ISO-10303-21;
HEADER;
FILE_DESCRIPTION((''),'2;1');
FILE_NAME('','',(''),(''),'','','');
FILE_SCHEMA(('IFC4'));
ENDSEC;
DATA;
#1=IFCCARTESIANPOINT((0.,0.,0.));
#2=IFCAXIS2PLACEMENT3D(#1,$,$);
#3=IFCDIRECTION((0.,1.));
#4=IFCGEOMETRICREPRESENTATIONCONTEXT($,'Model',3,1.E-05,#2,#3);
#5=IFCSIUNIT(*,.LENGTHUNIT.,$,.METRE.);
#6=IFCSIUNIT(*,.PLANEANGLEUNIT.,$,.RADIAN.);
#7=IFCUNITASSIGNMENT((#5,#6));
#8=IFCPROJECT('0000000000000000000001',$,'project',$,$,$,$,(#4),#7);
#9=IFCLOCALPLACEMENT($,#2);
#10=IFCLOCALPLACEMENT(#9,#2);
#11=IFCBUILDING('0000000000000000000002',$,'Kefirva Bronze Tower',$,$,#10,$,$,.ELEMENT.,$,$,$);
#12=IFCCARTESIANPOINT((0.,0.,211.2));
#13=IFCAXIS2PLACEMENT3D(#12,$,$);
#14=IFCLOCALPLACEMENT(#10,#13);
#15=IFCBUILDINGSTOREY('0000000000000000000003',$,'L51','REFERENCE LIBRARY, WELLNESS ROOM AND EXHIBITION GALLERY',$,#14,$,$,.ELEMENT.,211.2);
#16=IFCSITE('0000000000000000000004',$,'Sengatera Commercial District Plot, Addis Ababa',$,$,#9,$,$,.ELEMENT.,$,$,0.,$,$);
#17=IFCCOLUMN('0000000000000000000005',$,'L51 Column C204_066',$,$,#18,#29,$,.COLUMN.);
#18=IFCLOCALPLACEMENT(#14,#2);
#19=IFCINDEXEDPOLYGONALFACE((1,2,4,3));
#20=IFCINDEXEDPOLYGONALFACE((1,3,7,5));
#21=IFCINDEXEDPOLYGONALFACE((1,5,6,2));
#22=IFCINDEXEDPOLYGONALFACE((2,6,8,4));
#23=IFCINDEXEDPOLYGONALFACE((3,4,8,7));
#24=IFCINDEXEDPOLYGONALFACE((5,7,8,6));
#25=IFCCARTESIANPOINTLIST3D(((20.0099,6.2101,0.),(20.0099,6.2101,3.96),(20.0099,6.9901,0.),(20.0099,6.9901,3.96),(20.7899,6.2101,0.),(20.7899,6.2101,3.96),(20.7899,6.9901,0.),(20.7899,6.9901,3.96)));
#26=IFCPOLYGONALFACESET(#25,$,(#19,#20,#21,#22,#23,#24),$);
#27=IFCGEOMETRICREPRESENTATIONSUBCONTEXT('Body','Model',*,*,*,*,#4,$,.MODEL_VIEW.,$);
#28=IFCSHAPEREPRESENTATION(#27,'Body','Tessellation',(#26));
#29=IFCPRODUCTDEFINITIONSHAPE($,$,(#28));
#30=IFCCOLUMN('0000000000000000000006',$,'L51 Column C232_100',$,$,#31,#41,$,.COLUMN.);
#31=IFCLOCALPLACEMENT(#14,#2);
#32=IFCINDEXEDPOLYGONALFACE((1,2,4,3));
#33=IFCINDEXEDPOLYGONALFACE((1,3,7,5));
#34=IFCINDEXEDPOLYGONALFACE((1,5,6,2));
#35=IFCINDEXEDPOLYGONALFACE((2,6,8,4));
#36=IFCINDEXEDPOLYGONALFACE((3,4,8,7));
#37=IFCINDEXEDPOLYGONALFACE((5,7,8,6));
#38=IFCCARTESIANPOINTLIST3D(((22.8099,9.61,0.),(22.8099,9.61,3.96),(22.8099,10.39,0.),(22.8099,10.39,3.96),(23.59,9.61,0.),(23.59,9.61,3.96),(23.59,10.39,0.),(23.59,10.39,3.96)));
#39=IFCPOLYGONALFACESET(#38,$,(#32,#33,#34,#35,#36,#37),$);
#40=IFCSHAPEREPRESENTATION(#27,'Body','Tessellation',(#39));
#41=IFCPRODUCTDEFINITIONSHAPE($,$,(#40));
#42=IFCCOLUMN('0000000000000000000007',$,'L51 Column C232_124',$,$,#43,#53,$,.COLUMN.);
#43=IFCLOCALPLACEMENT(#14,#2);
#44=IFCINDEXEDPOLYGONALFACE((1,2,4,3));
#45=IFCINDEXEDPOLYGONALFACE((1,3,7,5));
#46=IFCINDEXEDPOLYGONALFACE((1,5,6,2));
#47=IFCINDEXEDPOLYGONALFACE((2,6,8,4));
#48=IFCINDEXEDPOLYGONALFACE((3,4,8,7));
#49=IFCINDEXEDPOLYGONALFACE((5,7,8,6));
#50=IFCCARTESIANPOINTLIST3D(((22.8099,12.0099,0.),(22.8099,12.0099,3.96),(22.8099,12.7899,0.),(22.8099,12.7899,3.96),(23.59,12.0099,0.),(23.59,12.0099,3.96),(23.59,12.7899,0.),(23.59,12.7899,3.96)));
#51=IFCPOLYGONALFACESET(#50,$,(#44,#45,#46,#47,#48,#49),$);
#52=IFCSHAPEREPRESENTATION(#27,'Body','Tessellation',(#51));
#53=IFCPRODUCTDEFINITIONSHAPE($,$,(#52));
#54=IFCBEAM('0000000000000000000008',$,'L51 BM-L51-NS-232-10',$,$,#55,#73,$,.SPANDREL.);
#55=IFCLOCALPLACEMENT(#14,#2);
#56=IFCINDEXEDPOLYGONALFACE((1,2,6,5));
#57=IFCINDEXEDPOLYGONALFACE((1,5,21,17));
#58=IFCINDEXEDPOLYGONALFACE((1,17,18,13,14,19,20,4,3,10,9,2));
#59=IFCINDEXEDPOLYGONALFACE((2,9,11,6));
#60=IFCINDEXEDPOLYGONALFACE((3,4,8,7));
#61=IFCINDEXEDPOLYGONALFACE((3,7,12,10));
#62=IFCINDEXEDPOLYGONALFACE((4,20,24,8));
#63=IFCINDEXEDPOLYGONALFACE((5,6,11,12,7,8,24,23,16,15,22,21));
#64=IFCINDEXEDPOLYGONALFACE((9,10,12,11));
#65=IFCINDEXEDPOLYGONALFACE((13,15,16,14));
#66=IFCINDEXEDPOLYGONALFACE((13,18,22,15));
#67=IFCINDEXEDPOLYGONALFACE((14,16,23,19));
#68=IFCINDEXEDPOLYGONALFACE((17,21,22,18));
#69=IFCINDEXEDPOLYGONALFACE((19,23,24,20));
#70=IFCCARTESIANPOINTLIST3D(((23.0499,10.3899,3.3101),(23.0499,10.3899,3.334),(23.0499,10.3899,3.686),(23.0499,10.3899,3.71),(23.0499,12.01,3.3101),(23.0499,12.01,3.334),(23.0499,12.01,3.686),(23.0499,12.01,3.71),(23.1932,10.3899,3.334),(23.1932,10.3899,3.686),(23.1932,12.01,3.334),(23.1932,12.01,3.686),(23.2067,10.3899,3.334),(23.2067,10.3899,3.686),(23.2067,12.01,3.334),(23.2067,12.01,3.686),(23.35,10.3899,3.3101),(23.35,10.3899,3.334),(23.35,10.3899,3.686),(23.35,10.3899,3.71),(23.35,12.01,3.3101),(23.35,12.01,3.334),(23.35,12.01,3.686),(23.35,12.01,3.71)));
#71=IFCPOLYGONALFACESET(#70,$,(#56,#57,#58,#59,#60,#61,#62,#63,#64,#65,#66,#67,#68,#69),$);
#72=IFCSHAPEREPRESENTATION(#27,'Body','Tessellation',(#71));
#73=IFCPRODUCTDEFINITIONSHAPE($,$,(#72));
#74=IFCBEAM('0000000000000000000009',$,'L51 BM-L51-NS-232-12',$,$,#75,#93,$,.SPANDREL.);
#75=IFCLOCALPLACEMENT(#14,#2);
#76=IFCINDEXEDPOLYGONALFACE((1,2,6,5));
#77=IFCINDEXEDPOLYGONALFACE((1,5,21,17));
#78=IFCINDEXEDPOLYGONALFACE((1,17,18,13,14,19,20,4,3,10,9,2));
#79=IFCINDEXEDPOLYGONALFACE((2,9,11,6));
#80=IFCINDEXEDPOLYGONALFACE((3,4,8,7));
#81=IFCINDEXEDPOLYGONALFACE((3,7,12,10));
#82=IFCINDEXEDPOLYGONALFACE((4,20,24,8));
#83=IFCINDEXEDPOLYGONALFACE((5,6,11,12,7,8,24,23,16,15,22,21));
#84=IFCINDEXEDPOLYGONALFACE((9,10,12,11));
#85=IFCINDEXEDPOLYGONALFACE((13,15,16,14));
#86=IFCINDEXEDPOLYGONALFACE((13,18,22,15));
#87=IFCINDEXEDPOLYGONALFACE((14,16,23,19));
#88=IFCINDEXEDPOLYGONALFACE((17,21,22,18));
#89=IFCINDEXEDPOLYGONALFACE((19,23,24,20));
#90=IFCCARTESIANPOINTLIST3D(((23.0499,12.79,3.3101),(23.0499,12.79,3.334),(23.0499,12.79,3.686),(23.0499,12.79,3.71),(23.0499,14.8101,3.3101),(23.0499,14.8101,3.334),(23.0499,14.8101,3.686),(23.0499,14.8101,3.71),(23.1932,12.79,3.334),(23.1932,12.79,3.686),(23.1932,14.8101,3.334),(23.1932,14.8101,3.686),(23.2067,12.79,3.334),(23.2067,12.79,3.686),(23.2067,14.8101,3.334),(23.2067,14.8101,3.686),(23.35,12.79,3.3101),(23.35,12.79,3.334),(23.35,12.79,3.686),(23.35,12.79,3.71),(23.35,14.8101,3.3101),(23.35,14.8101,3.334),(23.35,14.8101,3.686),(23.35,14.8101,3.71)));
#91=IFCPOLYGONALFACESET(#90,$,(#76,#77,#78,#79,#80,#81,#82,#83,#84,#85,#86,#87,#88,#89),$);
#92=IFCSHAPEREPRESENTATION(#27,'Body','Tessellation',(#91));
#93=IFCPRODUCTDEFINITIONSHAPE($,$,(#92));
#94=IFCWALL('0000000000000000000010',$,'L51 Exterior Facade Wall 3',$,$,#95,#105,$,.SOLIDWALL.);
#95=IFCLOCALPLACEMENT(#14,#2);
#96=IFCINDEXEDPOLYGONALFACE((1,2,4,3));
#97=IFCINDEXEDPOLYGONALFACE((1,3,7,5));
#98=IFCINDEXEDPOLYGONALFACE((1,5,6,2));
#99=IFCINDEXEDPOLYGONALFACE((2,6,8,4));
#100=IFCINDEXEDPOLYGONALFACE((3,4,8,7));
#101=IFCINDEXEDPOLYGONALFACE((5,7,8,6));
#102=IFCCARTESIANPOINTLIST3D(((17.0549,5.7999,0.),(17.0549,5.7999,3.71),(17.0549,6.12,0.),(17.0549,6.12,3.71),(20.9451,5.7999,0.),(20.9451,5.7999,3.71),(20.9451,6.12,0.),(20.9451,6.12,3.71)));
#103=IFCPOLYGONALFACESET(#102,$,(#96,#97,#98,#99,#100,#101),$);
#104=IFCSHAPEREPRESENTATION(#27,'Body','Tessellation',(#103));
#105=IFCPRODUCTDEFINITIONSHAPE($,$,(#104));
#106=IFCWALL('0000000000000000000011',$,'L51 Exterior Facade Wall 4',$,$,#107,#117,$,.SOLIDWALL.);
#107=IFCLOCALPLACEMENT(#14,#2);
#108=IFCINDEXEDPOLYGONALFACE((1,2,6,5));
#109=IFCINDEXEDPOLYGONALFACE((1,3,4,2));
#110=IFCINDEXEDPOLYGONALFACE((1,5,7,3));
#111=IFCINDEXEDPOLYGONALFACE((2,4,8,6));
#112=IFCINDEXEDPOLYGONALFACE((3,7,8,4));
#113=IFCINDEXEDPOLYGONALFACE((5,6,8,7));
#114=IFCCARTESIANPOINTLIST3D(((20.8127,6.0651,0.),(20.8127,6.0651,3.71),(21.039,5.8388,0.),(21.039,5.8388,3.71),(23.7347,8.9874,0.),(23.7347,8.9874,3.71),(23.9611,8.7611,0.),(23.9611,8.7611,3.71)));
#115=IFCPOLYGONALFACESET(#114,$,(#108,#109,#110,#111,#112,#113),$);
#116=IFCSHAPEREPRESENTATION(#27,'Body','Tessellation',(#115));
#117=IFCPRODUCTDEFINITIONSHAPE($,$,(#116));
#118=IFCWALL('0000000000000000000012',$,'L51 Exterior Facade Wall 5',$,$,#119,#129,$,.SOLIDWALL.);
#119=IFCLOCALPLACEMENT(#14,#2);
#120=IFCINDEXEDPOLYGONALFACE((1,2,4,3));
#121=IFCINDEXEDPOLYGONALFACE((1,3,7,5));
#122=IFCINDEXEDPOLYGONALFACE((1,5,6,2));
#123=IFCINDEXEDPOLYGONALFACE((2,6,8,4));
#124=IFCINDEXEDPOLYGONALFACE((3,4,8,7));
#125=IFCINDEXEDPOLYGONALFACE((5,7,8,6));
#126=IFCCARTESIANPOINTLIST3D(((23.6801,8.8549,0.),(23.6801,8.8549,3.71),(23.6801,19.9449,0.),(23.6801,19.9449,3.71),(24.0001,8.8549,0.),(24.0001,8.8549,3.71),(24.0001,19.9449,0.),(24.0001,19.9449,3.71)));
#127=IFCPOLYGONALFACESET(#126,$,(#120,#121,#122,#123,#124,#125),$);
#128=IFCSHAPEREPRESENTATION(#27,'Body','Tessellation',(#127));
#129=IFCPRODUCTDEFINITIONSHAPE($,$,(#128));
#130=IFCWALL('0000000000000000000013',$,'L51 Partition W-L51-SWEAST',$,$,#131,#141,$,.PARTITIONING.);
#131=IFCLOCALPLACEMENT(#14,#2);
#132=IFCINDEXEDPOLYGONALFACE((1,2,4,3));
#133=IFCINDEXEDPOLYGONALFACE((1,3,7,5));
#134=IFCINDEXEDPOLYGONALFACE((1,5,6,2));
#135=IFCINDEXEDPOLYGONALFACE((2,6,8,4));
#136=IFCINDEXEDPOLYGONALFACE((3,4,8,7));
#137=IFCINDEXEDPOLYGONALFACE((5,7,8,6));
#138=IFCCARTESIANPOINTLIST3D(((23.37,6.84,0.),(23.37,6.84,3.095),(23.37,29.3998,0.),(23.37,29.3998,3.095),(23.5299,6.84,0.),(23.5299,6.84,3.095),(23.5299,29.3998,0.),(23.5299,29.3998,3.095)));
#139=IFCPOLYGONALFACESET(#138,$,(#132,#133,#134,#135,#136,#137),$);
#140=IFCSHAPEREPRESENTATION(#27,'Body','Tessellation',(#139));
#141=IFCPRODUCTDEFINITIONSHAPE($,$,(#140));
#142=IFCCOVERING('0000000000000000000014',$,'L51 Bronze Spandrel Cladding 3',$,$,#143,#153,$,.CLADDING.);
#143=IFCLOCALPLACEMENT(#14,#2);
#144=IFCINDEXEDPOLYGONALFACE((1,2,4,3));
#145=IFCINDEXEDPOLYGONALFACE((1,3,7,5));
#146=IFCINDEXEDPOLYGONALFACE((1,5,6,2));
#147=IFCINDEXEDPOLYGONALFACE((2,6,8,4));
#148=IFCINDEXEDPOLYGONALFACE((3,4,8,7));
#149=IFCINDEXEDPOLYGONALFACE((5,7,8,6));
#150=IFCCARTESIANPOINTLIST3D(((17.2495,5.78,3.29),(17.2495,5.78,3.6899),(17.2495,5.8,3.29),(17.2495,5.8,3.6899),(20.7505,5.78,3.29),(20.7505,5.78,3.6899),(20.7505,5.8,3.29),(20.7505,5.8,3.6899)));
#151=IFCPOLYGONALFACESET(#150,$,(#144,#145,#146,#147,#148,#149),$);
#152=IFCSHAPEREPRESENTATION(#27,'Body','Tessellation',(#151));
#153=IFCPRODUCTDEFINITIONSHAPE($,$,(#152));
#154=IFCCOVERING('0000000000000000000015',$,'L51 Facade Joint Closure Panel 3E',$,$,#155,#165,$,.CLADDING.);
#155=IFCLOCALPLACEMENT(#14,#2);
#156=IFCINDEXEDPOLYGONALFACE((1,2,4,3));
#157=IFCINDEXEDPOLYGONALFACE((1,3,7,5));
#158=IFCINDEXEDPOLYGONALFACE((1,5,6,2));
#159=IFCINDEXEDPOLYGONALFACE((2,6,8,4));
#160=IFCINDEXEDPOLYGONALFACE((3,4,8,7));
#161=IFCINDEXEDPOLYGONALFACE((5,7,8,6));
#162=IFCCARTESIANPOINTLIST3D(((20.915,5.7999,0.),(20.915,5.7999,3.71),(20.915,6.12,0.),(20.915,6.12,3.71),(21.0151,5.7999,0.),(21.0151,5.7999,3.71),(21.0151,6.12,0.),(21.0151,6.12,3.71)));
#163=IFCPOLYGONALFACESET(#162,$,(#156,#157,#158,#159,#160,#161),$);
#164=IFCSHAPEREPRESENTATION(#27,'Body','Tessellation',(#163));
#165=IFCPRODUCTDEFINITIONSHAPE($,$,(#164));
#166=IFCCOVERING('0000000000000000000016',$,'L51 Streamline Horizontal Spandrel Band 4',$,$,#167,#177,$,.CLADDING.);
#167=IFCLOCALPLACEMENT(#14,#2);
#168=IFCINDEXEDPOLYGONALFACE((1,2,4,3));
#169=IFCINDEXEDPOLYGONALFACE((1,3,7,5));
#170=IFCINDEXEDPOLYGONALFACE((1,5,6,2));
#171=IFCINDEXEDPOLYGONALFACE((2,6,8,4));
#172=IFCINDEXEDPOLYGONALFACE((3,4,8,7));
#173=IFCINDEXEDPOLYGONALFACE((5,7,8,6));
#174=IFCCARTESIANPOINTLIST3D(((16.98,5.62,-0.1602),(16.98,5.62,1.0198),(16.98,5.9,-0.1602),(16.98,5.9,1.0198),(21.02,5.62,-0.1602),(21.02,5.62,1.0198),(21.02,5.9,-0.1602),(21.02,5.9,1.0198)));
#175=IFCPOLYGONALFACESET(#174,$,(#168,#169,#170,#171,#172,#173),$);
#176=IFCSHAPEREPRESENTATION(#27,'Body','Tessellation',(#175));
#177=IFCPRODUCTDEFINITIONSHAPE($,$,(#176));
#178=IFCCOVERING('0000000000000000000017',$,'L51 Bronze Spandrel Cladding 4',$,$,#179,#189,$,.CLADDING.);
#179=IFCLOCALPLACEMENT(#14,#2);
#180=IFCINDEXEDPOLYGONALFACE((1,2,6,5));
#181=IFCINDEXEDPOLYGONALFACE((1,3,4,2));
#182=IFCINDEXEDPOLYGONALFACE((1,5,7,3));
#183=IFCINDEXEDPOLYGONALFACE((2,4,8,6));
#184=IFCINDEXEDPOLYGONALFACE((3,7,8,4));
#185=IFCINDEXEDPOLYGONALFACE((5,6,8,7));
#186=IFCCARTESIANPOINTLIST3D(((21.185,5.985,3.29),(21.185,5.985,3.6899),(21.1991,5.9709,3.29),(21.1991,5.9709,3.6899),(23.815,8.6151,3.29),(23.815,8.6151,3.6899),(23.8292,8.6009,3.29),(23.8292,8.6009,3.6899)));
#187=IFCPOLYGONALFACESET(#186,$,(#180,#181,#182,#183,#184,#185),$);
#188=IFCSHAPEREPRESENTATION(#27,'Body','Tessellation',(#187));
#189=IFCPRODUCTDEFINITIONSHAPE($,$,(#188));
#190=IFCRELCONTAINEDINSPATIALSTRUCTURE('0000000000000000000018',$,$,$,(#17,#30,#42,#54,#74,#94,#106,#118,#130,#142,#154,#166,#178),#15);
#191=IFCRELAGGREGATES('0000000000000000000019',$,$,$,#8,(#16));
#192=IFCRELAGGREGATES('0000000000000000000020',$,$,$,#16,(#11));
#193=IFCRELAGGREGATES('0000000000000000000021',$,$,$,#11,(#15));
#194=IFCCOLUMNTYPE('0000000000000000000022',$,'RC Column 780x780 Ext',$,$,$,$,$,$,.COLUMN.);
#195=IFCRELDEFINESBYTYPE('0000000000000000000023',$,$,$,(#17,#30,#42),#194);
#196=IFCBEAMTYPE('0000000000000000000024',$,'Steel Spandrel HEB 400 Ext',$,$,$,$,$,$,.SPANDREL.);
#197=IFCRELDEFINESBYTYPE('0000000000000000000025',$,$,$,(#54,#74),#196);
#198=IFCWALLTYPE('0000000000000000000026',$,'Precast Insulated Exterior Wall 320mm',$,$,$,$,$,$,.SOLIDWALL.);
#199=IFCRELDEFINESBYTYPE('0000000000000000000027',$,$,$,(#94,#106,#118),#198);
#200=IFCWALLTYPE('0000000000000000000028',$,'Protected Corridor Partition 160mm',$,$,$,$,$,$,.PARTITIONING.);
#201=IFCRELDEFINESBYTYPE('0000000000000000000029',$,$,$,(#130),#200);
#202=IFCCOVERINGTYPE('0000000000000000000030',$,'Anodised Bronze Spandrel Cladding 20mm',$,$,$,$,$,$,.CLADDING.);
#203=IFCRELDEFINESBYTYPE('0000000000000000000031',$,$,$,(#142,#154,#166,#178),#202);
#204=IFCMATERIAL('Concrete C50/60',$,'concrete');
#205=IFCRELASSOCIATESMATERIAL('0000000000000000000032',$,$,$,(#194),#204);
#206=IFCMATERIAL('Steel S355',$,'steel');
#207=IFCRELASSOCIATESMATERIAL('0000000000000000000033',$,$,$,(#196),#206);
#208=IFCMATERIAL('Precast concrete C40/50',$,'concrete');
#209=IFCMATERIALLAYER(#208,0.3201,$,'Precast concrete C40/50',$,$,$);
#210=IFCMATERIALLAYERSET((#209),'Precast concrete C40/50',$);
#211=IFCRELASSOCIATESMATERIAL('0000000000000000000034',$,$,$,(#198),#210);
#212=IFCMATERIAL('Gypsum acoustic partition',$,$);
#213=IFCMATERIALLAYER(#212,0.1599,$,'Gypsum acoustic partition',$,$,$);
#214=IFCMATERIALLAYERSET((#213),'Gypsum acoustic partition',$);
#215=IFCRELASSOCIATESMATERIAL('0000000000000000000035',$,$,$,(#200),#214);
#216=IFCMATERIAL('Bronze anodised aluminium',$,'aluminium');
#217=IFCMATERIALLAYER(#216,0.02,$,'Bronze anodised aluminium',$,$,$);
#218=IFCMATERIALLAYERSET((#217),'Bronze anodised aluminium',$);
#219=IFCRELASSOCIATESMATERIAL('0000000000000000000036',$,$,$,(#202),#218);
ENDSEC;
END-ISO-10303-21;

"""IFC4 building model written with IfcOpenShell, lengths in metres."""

from ifc_helpers import new_model, si_unit, direction, frame, frame_2d, origin, origin_2d, place, context, subcontext, project, spatial, rectangle, i_section, extrude, material, layer, layer_set, material_profile, profile_set, type_object, element, save


model = new_model("IFC4")

# Units and contexts
model_context = context("Model", 3, precision=1e-05, world=origin(), true_north=direction((0.0, 1.0)))
body_context = subcontext(model_context, "Body", "Model", "MODEL_VIEW")
ifc_project = project(units=[si_unit("LENGTHUNIT", "METRE"), si_unit("PLANEANGLEUNIT", "RADIAN")], contexts=[model_context])

# Site, building, storey
site_placement = place(None, origin())
site = spatial("IfcSite", under=ifc_project, at=site_placement, Name="Sengatera Commercial District Plot, Addis Ababa", CompositionType="ELEMENT", RefElevation=0.0)
building_placement = place(site_placement, origin())
building = spatial("IfcBuilding", under=site, at=building_placement, Name="Kefirva Bronze Tower", CompositionType="ELEMENT")
storey_placement = place(building_placement, frame((0.0, 0.0, 211.2)))
storey = spatial("IfcBuildingStorey", under=building, at=storey_placement, Name="L51", Description="REFERENCE LIBRARY, WELLNESS ROOM AND EXHIBITION GALLERY", CompositionType="ELEMENT", Elevation=211.2)

# Columns
ifc_material_1 = material(Name="Concrete C50/60", Category="concrete")
ifc_material_profile_1 = material_profile(ifc_material_1, rectangle(XDim=0.78, YDim=0.78, at=origin_2d()), Name="RC 780x780")
ifc_profile_set_1 = profile_set([ifc_material_profile_1], Name="Concrete C50/60")
column_type = type_object("IfcColumnType", Name="RC Column 780x780 Ext", PredefinedType="COLUMN", material=ifc_profile_set_1)
for number, where, z_axis, x_axis, name in (
    (1, (20.3999, 6.6001, 0.0), (0.0, 0.0, 1.0), (1.0, 0.0, 0.0), "L51 Column C204_066"),
    (2, (23.2, 10.0, 0.0), (0.0, 0.0, 1.0), (1.0, 0.0, 0.0), "L51 Column C232_100"),
    (3, (23.2, 12.3999, 0.0), (0.0, 0.0, 1.0), (1.0, 0.0, 0.0), "L51 Column C232_124"),
):
    element("IfcColumn", number, at=place(storey_placement, frame(where, z_axis=z_axis, x_axis=x_axis)), inside=storey, type_object=column_type, Name=name, PredefinedType="COLUMN", context=body_context, shape_type="SweptSolid", body=[
        extrude(rectangle(XDim=0.78, YDim=0.78, at=origin_2d()), origin(), (0.0, 0.0, 1.0), 3.96),
    ])

# Beams
ifc_material_2 = material(Name="Steel S355", Category="steel")
ifc_material_profile_2 = material_profile(ifc_material_2, i_section(OverallWidth=0.3, OverallDepth=0.3999, WebThickness=0.0134, FlangeThickness=0.0239, at=origin_2d()), Name="HEB 400")
ifc_profile_set_2 = profile_set([ifc_material_profile_2], Name="Steel S355")
beam_type = type_object("IfcBeamType", Name="Steel Spandrel HEB 400 Ext", PredefinedType="SPANDREL", material=ifc_profile_set_2)
beam_1_placement = place(storey_placement, frame((23.2, 10.3899, 3.51), z_axis=(0.0, 1.0, 0.0), x_axis=(-1.0, 0.0, 0.0)))
element("IfcBeam", 4, at=beam_1_placement, inside=storey, type_object=beam_type, Name="L51 BM-L51-NS-232-10", PredefinedType="SPANDREL", context=body_context, shape_type="SweptSolid", body=[
    extrude(i_section(OverallWidth=0.3, OverallDepth=0.3999, WebThickness=0.0134, FlangeThickness=0.0239, at=origin_2d()), origin(), (0.0, 0.0, 1.0), 1.6201),
])
beam_2_placement = place(storey_placement, frame((23.2, 12.79, 3.51), z_axis=(0.0, 1.0, 0.0), x_axis=(-1.0, 0.0, 0.0)))
element("IfcBeam", 5, at=beam_2_placement, inside=storey, type_object=beam_type, Name="L51 BM-L51-NS-232-12", PredefinedType="SPANDREL", context=body_context, shape_type="SweptSolid", body=[
    extrude(i_section(OverallWidth=0.3, OverallDepth=0.3999, WebThickness=0.0134, FlangeThickness=0.0239, at=origin_2d()), origin(), (0.0, 0.0, 1.0), 2.02),
])

# Walls
ifc_material_3 = material(Name="Precast concrete C40/50", Category="concrete")
ifc_layer_1 = layer(ifc_material_3, 0.3201, Name="Precast concrete C40/50")
ifc_layer_set_1 = layer_set([ifc_layer_1], Name="Precast concrete C40/50")
wall_type_1 = type_object("IfcWallType", Name="Precast Insulated Exterior Wall 320mm", PredefinedType="SOLIDWALL", material=ifc_layer_set_1)
wall_1_placement = place(storey_placement, frame((17.0549, 5.96, 0.0), z_axis=(0.0, 0.0, 1.0), x_axis=(1.0, 0.0, 0.0)))
element("IfcWall", 6, at=wall_1_placement, inside=storey, type_object=wall_type_1, Name="L51 Exterior Facade Wall 3", PredefinedType="SOLIDWALL", context=body_context, shape_type="SweptSolid", body=[
    extrude(rectangle(XDim=3.8901, YDim=0.3201, at=frame_2d((1.9451, 0.0))), origin(), (0.0, 0.0, 1.0), 3.71),
])
wall_2_placement = place(storey_placement, frame((20.9258, 5.9519, 0.0), z_axis=(0.0, 0.0, 1.0), x_axis=(0.707077, 0.707136, 0.0)))
element("IfcWall", 7, at=wall_2_placement, inside=storey, type_object=wall_type_1, Name="L51 Exterior Facade Wall 4", PredefinedType="SOLIDWALL", context=body_context, shape_type="SweptSolid", body=[
    extrude(rectangle(XDim=4.1326, YDim=0.3201, at=frame_2d((2.0664, 0.0))), origin(), (0.0, 0.0, 1.0), 3.71),
])
wall_3_placement = place(storey_placement, frame((23.8401, 8.855, 0.0), z_axis=(0.0, 0.0, 1.0), x_axis=(0.0, 1.0, 0.0)))
element("IfcWall", 8, at=wall_3_placement, inside=storey, type_object=wall_type_1, Name="L51 Exterior Facade Wall 5", PredefinedType="SOLIDWALL", context=body_context, shape_type="SweptSolid", body=[
    extrude(rectangle(XDim=11.0901, YDim=0.3201, at=frame_2d((5.5449, 0.0))), origin(), (0.0, 0.0, 1.0), 3.71),
])
ifc_material_4 = material(Name="Gypsum acoustic partition")
ifc_layer_2 = layer(ifc_material_4, 0.1599, Name="Gypsum acoustic partition")
ifc_layer_set_2 = layer_set([ifc_layer_2], Name="Gypsum acoustic partition")
wall_type_2 = type_object("IfcWallType", Name="Protected Corridor Partition 160mm", PredefinedType="PARTITIONING", material=ifc_layer_set_2)
wall_4_placement = place(storey_placement, frame((23.45, 6.8401, 0.0), z_axis=(0.0, 0.0, 1.0), x_axis=(0.0, 1.0, 0.0)))
element("IfcWall", 9, at=wall_4_placement, inside=storey, type_object=wall_type_2, Name="L51 Partition W-L51-SWEAST", PredefinedType="PARTITIONING", context=body_context, shape_type="SweptSolid", body=[
    extrude(rectangle(XDim=22.5598, YDim=0.1599, at=frame_2d((11.2798, 0.0))), origin(), (0.0, 0.0, 1.0), 3.095),
])

# Coverings
ifc_material_5 = material(Name="Bronze anodised aluminium", Category="aluminium")
ifc_layer_3 = layer(ifc_material_5, 0.02, Name="Bronze anodised aluminium")
ifc_layer_set_3 = layer_set([ifc_layer_3], Name="Bronze anodised aluminium")
covering_type_1 = type_object("IfcCoveringType", Name="Anodised Bronze Spandrel Cladding 20mm", PredefinedType="CLADDING", material=ifc_layer_set_3)
covering_1_placement = place(storey_placement, frame((19.0, 5.79, 3.29), z_axis=(0.0, 0.0, 1.0), x_axis=(1.0, 0.0, 0.0)))
element("IfcCovering", 10, at=covering_1_placement, inside=storey, type_object=covering_type_1, Name="L51 Bronze Spandrel Cladding 3", PredefinedType="CLADDING", context=body_context, shape_type="SweptSolid", body=[
    extrude(rectangle(XDim=3.501, YDim=0.02, at=origin_2d()), origin(), (0.0, 0.0, 1.0), 0.3999),
])
covering_2_placement = place(storey_placement, frame((20.9651, 5.96, 0.0), z_axis=(0.0, 0.0, 1.0), x_axis=(1.0, 0.0, 0.0)))
element("IfcCovering", 11, at=covering_2_placement, inside=storey, type_object=covering_type_1, Name="L51 Facade Joint Closure Panel 3E", PredefinedType="CLADDING", context=body_context, shape_type="SweptSolid", body=[
    extrude(rectangle(XDim=0.1001, YDim=0.3201, at=origin_2d()), origin(), (0.0, 0.0, 1.0), 3.71),
])
covering_3_placement = place(storey_placement, frame((19.0, 5.76, -0.1602), z_axis=(0.0, 0.0, 1.0), x_axis=(1.0, 0.0, 0.0)))
element("IfcCovering", 12, at=covering_3_placement, inside=storey, type_object=covering_type_1, Name="L51 Streamline Horizontal Spandrel Band 4", PredefinedType="CLADDING", context=body_context, shape_type="SweptSolid", body=[
    extrude(rectangle(XDim=4.04, YDim=0.28, at=origin_2d()), origin(), (0.0, 0.0, 1.0), 1.1799),
])
covering_4_placement = place(storey_placement, frame((22.5071, 7.293, 3.29), z_axis=(0.0, 0.0, 1.0), x_axis=(0.707107, 0.707107, 0.0)))
element("IfcCovering", 13, at=covering_4_placement, inside=storey, type_object=covering_type_1, Name="L51 Bronze Spandrel Cladding 4", PredefinedType="CLADDING", context=body_context, shape_type="SweptSolid", body=[
    extrude(rectangle(XDim=3.7195, YDim=0.02, at=origin_2d()), origin(), (0.0, 0.0, 1.0), 0.3999),
])

save(model, "model.ifc")
